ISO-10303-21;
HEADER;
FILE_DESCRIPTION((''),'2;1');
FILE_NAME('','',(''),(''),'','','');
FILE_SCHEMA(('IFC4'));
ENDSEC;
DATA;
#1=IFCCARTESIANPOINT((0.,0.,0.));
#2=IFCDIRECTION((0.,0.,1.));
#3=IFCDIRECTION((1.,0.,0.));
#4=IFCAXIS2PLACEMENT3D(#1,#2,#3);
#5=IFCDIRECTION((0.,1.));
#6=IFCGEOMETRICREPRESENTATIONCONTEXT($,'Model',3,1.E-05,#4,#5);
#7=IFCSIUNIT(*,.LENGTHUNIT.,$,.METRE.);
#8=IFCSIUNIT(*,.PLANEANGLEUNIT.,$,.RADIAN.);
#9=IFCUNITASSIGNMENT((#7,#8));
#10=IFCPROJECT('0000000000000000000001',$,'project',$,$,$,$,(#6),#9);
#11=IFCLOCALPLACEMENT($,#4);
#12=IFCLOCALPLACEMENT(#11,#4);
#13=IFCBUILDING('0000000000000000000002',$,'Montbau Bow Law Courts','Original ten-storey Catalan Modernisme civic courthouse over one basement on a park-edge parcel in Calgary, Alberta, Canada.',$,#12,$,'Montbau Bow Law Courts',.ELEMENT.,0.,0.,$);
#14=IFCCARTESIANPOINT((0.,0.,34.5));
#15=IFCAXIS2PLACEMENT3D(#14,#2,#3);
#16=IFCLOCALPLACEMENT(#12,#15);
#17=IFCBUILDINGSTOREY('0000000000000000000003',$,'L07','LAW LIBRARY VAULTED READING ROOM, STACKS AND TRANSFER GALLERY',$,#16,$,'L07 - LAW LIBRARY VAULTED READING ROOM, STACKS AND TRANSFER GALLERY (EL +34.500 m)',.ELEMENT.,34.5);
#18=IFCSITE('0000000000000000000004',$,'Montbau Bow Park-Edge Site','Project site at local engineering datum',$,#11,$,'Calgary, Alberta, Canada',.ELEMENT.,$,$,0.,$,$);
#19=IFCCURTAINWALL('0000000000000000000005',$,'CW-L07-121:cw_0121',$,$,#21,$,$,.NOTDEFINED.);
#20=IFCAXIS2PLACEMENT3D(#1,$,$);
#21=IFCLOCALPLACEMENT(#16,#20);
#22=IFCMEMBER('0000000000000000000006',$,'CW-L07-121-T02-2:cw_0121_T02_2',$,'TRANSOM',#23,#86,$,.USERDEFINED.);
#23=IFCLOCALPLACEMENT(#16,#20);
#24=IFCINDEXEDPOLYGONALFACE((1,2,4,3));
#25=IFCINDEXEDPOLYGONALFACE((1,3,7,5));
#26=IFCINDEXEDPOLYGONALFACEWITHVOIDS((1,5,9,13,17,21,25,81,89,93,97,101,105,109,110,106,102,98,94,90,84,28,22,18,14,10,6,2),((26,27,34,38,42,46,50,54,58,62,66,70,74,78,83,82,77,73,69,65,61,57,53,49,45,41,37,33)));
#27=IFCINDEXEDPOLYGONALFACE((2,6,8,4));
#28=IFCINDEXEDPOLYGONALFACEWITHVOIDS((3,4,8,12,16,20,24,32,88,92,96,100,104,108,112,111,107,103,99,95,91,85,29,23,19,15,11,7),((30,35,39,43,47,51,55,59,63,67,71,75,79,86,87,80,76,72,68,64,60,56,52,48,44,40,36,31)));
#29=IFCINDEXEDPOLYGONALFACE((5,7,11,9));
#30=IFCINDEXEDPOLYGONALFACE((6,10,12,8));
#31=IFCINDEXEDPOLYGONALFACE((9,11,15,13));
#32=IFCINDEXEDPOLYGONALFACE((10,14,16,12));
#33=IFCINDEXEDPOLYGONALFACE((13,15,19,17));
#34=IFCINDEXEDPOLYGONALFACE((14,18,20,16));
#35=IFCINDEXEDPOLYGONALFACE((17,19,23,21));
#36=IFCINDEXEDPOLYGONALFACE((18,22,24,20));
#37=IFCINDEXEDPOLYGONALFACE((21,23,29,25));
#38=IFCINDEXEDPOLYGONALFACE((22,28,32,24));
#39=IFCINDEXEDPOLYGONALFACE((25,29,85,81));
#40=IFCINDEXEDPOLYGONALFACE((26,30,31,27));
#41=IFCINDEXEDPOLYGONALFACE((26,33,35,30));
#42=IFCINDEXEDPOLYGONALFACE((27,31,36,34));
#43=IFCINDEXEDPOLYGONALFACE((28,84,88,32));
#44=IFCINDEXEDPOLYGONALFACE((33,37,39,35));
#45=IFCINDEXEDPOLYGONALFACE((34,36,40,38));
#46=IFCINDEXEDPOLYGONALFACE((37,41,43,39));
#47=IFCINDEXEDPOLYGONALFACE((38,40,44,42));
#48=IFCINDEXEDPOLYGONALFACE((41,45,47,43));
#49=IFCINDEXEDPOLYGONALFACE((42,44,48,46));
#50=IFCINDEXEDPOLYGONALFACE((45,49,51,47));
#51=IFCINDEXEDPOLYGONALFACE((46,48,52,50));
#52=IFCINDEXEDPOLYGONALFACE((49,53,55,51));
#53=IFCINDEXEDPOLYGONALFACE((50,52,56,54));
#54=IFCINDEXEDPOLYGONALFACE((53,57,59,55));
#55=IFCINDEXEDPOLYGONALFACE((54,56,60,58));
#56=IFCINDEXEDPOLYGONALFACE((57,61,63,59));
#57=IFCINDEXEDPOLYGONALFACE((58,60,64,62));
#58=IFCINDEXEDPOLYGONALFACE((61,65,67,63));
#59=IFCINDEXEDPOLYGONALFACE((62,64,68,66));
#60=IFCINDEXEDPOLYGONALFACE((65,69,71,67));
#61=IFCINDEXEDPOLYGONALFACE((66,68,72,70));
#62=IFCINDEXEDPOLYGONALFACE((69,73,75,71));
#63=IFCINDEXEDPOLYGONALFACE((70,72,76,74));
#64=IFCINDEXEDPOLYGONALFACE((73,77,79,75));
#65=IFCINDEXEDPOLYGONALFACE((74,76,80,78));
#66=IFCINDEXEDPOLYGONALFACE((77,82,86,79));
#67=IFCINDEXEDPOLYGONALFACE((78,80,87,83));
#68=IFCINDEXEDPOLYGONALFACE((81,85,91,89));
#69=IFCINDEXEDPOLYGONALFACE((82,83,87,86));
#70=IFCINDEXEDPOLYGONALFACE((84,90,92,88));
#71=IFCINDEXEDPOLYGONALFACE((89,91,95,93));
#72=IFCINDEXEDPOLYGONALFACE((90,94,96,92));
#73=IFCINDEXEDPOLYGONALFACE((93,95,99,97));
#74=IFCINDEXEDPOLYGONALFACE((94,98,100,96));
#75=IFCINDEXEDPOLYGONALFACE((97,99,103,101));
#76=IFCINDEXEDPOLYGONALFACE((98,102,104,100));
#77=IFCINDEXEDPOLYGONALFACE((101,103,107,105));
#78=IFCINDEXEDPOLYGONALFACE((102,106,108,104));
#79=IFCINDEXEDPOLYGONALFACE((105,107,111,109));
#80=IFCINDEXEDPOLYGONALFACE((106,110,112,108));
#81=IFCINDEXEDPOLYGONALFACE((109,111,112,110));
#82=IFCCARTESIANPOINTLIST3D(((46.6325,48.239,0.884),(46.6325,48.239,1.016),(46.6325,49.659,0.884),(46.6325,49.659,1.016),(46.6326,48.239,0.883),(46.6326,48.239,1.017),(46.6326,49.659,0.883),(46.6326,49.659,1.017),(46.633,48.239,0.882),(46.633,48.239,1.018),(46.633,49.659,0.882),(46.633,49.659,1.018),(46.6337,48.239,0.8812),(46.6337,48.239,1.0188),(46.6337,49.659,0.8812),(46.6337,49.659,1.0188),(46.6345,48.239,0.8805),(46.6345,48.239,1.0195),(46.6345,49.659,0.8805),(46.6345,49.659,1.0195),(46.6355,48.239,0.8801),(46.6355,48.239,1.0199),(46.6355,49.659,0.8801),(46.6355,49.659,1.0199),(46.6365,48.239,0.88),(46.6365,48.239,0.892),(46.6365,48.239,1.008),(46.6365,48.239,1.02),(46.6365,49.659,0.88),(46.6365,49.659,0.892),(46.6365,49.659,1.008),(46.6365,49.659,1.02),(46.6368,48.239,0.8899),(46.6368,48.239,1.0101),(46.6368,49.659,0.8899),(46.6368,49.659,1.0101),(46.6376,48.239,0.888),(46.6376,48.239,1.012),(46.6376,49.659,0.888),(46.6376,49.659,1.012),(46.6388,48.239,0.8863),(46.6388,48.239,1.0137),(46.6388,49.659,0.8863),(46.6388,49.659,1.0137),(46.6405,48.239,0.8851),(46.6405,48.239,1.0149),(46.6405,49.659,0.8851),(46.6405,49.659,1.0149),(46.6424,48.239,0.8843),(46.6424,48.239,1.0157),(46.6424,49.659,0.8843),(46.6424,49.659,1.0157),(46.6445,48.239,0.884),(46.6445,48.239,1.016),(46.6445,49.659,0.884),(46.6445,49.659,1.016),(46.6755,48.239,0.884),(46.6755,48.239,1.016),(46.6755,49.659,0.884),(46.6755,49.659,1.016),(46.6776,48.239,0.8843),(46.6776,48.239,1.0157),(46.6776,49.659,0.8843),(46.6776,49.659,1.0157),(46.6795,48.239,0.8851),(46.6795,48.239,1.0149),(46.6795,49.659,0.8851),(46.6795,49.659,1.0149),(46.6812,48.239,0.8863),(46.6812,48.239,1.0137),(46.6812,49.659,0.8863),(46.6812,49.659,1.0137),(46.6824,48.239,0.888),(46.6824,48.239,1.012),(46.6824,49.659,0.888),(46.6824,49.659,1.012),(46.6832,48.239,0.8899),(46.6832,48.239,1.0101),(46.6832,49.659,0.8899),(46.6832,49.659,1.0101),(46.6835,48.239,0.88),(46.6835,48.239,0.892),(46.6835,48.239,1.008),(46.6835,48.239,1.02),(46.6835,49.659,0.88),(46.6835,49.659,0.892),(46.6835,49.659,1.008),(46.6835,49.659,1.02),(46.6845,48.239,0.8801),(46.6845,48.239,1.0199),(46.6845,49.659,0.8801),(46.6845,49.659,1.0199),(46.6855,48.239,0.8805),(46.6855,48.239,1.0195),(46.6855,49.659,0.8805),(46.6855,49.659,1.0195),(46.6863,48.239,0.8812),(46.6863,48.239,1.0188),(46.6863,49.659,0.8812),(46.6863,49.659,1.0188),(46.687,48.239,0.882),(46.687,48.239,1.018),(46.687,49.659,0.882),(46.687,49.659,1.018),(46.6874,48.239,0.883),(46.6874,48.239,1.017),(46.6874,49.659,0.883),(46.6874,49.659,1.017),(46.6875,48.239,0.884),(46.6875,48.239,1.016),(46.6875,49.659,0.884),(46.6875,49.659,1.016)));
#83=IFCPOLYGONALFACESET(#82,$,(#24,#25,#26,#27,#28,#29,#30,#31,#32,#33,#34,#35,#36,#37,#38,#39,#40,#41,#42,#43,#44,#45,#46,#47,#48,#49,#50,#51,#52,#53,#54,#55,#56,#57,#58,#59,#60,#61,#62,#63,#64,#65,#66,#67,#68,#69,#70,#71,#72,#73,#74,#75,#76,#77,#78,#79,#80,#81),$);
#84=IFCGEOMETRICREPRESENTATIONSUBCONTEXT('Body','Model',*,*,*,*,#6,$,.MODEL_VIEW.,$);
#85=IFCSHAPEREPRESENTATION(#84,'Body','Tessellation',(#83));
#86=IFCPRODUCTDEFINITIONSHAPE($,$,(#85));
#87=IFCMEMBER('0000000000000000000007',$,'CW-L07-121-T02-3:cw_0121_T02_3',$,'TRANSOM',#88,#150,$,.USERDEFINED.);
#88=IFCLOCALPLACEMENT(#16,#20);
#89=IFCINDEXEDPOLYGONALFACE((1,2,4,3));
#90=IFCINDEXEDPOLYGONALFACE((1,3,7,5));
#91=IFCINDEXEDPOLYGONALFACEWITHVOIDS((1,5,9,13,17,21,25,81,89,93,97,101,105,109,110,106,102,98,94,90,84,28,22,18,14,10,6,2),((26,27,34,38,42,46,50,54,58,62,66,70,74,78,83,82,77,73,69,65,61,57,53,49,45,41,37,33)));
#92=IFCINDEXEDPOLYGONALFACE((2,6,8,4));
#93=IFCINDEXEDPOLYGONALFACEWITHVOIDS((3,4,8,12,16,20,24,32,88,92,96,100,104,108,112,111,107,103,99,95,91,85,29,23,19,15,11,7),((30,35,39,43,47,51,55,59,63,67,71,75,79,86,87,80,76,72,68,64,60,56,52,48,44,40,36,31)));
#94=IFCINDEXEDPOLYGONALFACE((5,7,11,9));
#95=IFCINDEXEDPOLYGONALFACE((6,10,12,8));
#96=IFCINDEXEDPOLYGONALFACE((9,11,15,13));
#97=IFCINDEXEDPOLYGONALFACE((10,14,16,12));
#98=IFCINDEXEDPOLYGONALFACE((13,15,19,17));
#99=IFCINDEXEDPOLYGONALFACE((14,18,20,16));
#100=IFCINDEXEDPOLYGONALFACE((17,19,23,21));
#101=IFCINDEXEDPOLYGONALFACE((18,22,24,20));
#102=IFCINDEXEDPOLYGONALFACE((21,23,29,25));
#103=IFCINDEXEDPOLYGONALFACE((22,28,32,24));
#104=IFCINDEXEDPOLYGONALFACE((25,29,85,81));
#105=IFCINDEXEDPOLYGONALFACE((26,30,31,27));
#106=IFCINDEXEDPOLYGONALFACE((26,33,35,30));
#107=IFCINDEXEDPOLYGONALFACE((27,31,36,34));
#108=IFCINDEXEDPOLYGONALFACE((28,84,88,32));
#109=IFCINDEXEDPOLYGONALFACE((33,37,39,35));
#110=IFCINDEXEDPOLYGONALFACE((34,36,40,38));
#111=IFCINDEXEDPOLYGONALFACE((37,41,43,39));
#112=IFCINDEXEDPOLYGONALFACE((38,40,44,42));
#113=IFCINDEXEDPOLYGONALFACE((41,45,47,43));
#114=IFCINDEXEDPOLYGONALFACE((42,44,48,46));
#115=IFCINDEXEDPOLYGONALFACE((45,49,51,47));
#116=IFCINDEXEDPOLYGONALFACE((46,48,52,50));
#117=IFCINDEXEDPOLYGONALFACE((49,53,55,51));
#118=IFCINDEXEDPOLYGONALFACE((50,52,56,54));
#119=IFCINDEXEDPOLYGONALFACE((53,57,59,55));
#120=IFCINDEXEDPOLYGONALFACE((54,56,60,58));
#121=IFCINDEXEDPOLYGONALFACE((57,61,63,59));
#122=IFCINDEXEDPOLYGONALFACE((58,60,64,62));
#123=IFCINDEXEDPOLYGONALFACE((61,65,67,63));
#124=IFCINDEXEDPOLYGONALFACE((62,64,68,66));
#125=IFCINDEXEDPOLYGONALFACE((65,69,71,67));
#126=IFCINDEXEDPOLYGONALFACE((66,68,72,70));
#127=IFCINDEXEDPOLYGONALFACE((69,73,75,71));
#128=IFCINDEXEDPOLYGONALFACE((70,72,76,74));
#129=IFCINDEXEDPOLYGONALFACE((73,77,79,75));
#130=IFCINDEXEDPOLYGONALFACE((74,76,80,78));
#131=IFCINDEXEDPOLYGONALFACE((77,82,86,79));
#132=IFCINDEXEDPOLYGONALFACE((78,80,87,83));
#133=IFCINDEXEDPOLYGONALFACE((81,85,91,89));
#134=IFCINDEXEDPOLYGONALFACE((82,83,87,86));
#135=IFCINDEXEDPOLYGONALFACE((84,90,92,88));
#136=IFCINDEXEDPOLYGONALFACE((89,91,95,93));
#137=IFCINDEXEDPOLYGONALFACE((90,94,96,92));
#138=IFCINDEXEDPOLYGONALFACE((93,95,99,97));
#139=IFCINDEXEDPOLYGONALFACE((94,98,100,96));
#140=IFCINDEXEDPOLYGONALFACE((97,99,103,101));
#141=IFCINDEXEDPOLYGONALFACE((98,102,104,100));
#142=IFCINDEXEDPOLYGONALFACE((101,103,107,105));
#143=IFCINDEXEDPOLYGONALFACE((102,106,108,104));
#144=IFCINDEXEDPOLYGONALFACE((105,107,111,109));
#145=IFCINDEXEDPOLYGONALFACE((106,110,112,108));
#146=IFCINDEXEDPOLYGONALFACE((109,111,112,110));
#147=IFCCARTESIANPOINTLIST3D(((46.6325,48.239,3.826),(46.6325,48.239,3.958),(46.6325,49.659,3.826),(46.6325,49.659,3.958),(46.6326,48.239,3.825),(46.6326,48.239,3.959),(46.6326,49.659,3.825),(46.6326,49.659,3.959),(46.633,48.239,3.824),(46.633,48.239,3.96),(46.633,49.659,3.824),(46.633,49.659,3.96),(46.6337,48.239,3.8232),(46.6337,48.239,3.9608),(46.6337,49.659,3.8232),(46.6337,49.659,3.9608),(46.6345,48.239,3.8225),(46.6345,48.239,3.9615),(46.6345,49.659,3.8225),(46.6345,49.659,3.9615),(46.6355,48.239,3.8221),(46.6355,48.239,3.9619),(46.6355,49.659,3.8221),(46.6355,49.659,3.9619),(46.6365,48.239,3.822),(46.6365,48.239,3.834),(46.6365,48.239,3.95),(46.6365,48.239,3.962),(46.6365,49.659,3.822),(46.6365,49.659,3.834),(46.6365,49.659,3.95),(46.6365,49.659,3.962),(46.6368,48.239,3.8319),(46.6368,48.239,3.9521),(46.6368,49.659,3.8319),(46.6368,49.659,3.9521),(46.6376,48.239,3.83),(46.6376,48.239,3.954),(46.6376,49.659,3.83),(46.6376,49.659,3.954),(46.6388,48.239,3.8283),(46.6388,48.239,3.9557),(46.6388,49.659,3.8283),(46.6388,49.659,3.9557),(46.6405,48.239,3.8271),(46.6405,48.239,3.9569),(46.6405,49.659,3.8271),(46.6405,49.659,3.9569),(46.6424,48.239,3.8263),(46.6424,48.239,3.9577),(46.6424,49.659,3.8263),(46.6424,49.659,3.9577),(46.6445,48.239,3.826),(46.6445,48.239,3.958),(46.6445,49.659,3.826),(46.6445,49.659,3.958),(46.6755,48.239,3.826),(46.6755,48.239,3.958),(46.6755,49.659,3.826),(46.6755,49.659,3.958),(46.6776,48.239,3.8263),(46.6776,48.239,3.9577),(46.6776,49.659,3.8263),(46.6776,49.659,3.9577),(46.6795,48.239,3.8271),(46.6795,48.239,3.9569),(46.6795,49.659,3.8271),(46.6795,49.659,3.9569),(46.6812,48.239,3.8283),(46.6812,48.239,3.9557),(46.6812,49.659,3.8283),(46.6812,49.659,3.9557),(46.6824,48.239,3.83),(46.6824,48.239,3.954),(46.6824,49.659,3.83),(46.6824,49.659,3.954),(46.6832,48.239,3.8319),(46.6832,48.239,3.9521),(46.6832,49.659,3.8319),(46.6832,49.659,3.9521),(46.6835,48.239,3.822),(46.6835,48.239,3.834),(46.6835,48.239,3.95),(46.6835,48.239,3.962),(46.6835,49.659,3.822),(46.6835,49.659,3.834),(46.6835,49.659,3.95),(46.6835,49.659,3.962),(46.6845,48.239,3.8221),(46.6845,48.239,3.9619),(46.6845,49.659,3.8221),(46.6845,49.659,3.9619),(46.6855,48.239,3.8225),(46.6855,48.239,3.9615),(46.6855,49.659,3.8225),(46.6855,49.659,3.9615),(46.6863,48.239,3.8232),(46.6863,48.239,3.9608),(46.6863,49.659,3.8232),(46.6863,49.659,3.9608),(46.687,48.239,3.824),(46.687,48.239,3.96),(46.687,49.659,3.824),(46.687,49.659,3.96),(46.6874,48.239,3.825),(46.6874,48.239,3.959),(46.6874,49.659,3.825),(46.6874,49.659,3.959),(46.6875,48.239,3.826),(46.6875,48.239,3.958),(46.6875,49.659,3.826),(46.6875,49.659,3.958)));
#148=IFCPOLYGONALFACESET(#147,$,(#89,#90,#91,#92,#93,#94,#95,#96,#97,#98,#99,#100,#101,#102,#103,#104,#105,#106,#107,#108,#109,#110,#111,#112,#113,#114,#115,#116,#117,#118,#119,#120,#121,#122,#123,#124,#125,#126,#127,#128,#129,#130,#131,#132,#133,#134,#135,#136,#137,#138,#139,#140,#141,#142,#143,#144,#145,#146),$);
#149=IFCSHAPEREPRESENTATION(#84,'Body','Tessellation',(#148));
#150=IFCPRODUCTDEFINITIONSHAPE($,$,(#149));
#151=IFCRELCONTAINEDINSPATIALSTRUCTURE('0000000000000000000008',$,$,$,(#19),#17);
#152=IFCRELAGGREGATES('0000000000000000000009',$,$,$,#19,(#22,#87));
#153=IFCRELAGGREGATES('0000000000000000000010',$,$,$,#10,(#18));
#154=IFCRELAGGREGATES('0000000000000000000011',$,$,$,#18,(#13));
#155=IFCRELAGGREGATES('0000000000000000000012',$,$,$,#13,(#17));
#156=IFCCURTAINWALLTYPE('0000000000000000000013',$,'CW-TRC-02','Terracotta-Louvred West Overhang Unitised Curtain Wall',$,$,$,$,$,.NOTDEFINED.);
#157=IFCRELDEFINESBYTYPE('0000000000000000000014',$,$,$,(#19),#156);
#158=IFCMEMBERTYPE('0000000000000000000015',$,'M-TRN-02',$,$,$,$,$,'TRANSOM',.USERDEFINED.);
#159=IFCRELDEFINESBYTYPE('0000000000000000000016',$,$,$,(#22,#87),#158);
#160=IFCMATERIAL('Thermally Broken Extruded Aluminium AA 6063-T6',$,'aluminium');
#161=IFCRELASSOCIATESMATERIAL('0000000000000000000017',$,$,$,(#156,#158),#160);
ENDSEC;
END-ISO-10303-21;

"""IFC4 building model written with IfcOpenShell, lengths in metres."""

from ifc_helpers import new_model, si_unit, direction, frame, origin_with_axes, origin_2d_with_axis, place, context, subcontext, project, spatial, hollow_rectangle, extrude, material, material_profile, profile_set, type_object, element, aggregate, save


model = new_model("IFC4")

# Units and contexts
model_context = context("Model", 3, precision=1e-05, world=origin_with_axes(), true_north=direction((0.0, 1.0)))
body_context = subcontext(model_context, "Body", "Model", "MODEL_VIEW")
ifc_project = project(units=[si_unit("LENGTHUNIT", "METRE"), si_unit("PLANEANGLEUNIT", "RADIAN")], contexts=[model_context])

# Site, building, storey
site_placement = place(None, origin_with_axes())
site = spatial("IfcSite", under=ifc_project, at=site_placement, Name="Montbau Bow Park-Edge Site", Description="Project site at local engineering datum", LongName="Calgary, Alberta, Canada", CompositionType="ELEMENT", RefElevation=0.0)
building_placement = place(site_placement, origin_with_axes())
building = spatial("IfcBuilding", under=site, at=building_placement, Name="Montbau Bow Law Courts", Description="Original ten-storey Catalan Modernisme civic courthouse over one basement on a park-edge parcel in Calgary, Alberta, Canada.", LongName="Montbau Bow Law Courts", CompositionType="ELEMENT", ElevationOfRefHeight=0.0, ElevationOfTerrain=0.0)
storey_placement = place(building_placement, frame((0.0, 0.0, 34.5), z_axis=(0.0, 0.0, 1.0), x_axis=(1.0, 0.0, 0.0)))
storey = spatial("IfcBuildingStorey", under=building, at=storey_placement, Name="L07", Description="LAW LIBRARY VAULTED READING ROOM, STACKS AND TRANSFER GALLERY", LongName="L07 - LAW LIBRARY VAULTED READING ROOM, STACKS AND TRANSFER GALLERY (EL +34.500 m)", CompositionType="ELEMENT", Elevation=34.5)

# Shared definitions
ifc_material_1 = material(Name="Thermally Broken Extruded Aluminium AA 6063-T6", Category="aluminium")
curtain_wall_type = type_object("IfcCurtainWallType", Name="CW-TRC-02", Description="Terracotta-Louvred West Overhang Unitised Curtain Wall", PredefinedType="NOTDEFINED", material=ifc_material_1)

# Curtain wall
curtain_wall_1_placement = place(None, frame((46.66, 46.715, 34.5), z_axis=(0.0, 0.0, 1.0), x_axis=(1.0, 0.0, 0.0)))
curtain_wall_1 = element("IfcCurtainWall", 1, at=curtain_wall_1_placement, inside=storey, type_object=curtain_wall_type, Name="CW-L07-121:cw_0121", PredefinedType="NOTDEFINED")

# Members
ifc_material_profile_1 = material_profile(ifc_material_1, hollow_rectangle(XDim=0.055, YDim=0.14, WallThickness=0.004, InnerFilletRadius=0.008, OuterFilletRadius=0.004, at=origin_2d_with_axis()), Name="CWT-140X55", Category="Main", Priority=0)
ifc_profile_set_1 = profile_set([ifc_material_profile_1], Name="Thermally Broken Extruded Aluminium AA 6063-T6")
member_type_1 = type_object("IfcMemberType", Name="M-TRN-02", ElementType="TRANSOM", PredefinedType="USERDEFINED", material=ifc_profile_set_1)
member_1_placement = place(None, frame((46.66, 48.239, 35.45), z_axis=(0.0, 1.0, 0.0), x_axis=(-1.0, 0.0, 0.0)))
member_1 = element("IfcMember", 2, at=member_1_placement, type_object=member_type_1, Name="CW-L07-121-T02-2:cw_0121_T02_2", ObjectType="TRANSOM", PredefinedType="USERDEFINED", context=body_context, shape_type="SweptSolid", body=[
    extrude(hollow_rectangle(XDim=0.055, YDim=0.14, WallThickness=0.004, InnerFilletRadius=0.008, OuterFilletRadius=0.004, at=origin_2d_with_axis()), origin_with_axes(), (0.0, 0.0, 1.0), 1.42),
])
member_2_placement = place(None, frame((46.66, 48.239, 38.392), z_axis=(0.0, 1.0, 0.0), x_axis=(-1.0, 0.0, 0.0)))
member_2 = element("IfcMember", 3, at=member_2_placement, type_object=member_type_1, Name="CW-L07-121-T02-3:cw_0121_T02_3", ObjectType="TRANSOM", PredefinedType="USERDEFINED", context=body_context, shape_type="SweptSolid", body=[
    extrude(hollow_rectangle(XDim=0.055, YDim=0.14, WallThickness=0.004, InnerFilletRadius=0.008, OuterFilletRadius=0.004, at=origin_2d_with_axis()), origin_with_axes(), (0.0, 0.0, 1.0), 1.42),
])

aggregate(curtain_wall_1, [member_1, member_2])

save(model, "model.ifc")
